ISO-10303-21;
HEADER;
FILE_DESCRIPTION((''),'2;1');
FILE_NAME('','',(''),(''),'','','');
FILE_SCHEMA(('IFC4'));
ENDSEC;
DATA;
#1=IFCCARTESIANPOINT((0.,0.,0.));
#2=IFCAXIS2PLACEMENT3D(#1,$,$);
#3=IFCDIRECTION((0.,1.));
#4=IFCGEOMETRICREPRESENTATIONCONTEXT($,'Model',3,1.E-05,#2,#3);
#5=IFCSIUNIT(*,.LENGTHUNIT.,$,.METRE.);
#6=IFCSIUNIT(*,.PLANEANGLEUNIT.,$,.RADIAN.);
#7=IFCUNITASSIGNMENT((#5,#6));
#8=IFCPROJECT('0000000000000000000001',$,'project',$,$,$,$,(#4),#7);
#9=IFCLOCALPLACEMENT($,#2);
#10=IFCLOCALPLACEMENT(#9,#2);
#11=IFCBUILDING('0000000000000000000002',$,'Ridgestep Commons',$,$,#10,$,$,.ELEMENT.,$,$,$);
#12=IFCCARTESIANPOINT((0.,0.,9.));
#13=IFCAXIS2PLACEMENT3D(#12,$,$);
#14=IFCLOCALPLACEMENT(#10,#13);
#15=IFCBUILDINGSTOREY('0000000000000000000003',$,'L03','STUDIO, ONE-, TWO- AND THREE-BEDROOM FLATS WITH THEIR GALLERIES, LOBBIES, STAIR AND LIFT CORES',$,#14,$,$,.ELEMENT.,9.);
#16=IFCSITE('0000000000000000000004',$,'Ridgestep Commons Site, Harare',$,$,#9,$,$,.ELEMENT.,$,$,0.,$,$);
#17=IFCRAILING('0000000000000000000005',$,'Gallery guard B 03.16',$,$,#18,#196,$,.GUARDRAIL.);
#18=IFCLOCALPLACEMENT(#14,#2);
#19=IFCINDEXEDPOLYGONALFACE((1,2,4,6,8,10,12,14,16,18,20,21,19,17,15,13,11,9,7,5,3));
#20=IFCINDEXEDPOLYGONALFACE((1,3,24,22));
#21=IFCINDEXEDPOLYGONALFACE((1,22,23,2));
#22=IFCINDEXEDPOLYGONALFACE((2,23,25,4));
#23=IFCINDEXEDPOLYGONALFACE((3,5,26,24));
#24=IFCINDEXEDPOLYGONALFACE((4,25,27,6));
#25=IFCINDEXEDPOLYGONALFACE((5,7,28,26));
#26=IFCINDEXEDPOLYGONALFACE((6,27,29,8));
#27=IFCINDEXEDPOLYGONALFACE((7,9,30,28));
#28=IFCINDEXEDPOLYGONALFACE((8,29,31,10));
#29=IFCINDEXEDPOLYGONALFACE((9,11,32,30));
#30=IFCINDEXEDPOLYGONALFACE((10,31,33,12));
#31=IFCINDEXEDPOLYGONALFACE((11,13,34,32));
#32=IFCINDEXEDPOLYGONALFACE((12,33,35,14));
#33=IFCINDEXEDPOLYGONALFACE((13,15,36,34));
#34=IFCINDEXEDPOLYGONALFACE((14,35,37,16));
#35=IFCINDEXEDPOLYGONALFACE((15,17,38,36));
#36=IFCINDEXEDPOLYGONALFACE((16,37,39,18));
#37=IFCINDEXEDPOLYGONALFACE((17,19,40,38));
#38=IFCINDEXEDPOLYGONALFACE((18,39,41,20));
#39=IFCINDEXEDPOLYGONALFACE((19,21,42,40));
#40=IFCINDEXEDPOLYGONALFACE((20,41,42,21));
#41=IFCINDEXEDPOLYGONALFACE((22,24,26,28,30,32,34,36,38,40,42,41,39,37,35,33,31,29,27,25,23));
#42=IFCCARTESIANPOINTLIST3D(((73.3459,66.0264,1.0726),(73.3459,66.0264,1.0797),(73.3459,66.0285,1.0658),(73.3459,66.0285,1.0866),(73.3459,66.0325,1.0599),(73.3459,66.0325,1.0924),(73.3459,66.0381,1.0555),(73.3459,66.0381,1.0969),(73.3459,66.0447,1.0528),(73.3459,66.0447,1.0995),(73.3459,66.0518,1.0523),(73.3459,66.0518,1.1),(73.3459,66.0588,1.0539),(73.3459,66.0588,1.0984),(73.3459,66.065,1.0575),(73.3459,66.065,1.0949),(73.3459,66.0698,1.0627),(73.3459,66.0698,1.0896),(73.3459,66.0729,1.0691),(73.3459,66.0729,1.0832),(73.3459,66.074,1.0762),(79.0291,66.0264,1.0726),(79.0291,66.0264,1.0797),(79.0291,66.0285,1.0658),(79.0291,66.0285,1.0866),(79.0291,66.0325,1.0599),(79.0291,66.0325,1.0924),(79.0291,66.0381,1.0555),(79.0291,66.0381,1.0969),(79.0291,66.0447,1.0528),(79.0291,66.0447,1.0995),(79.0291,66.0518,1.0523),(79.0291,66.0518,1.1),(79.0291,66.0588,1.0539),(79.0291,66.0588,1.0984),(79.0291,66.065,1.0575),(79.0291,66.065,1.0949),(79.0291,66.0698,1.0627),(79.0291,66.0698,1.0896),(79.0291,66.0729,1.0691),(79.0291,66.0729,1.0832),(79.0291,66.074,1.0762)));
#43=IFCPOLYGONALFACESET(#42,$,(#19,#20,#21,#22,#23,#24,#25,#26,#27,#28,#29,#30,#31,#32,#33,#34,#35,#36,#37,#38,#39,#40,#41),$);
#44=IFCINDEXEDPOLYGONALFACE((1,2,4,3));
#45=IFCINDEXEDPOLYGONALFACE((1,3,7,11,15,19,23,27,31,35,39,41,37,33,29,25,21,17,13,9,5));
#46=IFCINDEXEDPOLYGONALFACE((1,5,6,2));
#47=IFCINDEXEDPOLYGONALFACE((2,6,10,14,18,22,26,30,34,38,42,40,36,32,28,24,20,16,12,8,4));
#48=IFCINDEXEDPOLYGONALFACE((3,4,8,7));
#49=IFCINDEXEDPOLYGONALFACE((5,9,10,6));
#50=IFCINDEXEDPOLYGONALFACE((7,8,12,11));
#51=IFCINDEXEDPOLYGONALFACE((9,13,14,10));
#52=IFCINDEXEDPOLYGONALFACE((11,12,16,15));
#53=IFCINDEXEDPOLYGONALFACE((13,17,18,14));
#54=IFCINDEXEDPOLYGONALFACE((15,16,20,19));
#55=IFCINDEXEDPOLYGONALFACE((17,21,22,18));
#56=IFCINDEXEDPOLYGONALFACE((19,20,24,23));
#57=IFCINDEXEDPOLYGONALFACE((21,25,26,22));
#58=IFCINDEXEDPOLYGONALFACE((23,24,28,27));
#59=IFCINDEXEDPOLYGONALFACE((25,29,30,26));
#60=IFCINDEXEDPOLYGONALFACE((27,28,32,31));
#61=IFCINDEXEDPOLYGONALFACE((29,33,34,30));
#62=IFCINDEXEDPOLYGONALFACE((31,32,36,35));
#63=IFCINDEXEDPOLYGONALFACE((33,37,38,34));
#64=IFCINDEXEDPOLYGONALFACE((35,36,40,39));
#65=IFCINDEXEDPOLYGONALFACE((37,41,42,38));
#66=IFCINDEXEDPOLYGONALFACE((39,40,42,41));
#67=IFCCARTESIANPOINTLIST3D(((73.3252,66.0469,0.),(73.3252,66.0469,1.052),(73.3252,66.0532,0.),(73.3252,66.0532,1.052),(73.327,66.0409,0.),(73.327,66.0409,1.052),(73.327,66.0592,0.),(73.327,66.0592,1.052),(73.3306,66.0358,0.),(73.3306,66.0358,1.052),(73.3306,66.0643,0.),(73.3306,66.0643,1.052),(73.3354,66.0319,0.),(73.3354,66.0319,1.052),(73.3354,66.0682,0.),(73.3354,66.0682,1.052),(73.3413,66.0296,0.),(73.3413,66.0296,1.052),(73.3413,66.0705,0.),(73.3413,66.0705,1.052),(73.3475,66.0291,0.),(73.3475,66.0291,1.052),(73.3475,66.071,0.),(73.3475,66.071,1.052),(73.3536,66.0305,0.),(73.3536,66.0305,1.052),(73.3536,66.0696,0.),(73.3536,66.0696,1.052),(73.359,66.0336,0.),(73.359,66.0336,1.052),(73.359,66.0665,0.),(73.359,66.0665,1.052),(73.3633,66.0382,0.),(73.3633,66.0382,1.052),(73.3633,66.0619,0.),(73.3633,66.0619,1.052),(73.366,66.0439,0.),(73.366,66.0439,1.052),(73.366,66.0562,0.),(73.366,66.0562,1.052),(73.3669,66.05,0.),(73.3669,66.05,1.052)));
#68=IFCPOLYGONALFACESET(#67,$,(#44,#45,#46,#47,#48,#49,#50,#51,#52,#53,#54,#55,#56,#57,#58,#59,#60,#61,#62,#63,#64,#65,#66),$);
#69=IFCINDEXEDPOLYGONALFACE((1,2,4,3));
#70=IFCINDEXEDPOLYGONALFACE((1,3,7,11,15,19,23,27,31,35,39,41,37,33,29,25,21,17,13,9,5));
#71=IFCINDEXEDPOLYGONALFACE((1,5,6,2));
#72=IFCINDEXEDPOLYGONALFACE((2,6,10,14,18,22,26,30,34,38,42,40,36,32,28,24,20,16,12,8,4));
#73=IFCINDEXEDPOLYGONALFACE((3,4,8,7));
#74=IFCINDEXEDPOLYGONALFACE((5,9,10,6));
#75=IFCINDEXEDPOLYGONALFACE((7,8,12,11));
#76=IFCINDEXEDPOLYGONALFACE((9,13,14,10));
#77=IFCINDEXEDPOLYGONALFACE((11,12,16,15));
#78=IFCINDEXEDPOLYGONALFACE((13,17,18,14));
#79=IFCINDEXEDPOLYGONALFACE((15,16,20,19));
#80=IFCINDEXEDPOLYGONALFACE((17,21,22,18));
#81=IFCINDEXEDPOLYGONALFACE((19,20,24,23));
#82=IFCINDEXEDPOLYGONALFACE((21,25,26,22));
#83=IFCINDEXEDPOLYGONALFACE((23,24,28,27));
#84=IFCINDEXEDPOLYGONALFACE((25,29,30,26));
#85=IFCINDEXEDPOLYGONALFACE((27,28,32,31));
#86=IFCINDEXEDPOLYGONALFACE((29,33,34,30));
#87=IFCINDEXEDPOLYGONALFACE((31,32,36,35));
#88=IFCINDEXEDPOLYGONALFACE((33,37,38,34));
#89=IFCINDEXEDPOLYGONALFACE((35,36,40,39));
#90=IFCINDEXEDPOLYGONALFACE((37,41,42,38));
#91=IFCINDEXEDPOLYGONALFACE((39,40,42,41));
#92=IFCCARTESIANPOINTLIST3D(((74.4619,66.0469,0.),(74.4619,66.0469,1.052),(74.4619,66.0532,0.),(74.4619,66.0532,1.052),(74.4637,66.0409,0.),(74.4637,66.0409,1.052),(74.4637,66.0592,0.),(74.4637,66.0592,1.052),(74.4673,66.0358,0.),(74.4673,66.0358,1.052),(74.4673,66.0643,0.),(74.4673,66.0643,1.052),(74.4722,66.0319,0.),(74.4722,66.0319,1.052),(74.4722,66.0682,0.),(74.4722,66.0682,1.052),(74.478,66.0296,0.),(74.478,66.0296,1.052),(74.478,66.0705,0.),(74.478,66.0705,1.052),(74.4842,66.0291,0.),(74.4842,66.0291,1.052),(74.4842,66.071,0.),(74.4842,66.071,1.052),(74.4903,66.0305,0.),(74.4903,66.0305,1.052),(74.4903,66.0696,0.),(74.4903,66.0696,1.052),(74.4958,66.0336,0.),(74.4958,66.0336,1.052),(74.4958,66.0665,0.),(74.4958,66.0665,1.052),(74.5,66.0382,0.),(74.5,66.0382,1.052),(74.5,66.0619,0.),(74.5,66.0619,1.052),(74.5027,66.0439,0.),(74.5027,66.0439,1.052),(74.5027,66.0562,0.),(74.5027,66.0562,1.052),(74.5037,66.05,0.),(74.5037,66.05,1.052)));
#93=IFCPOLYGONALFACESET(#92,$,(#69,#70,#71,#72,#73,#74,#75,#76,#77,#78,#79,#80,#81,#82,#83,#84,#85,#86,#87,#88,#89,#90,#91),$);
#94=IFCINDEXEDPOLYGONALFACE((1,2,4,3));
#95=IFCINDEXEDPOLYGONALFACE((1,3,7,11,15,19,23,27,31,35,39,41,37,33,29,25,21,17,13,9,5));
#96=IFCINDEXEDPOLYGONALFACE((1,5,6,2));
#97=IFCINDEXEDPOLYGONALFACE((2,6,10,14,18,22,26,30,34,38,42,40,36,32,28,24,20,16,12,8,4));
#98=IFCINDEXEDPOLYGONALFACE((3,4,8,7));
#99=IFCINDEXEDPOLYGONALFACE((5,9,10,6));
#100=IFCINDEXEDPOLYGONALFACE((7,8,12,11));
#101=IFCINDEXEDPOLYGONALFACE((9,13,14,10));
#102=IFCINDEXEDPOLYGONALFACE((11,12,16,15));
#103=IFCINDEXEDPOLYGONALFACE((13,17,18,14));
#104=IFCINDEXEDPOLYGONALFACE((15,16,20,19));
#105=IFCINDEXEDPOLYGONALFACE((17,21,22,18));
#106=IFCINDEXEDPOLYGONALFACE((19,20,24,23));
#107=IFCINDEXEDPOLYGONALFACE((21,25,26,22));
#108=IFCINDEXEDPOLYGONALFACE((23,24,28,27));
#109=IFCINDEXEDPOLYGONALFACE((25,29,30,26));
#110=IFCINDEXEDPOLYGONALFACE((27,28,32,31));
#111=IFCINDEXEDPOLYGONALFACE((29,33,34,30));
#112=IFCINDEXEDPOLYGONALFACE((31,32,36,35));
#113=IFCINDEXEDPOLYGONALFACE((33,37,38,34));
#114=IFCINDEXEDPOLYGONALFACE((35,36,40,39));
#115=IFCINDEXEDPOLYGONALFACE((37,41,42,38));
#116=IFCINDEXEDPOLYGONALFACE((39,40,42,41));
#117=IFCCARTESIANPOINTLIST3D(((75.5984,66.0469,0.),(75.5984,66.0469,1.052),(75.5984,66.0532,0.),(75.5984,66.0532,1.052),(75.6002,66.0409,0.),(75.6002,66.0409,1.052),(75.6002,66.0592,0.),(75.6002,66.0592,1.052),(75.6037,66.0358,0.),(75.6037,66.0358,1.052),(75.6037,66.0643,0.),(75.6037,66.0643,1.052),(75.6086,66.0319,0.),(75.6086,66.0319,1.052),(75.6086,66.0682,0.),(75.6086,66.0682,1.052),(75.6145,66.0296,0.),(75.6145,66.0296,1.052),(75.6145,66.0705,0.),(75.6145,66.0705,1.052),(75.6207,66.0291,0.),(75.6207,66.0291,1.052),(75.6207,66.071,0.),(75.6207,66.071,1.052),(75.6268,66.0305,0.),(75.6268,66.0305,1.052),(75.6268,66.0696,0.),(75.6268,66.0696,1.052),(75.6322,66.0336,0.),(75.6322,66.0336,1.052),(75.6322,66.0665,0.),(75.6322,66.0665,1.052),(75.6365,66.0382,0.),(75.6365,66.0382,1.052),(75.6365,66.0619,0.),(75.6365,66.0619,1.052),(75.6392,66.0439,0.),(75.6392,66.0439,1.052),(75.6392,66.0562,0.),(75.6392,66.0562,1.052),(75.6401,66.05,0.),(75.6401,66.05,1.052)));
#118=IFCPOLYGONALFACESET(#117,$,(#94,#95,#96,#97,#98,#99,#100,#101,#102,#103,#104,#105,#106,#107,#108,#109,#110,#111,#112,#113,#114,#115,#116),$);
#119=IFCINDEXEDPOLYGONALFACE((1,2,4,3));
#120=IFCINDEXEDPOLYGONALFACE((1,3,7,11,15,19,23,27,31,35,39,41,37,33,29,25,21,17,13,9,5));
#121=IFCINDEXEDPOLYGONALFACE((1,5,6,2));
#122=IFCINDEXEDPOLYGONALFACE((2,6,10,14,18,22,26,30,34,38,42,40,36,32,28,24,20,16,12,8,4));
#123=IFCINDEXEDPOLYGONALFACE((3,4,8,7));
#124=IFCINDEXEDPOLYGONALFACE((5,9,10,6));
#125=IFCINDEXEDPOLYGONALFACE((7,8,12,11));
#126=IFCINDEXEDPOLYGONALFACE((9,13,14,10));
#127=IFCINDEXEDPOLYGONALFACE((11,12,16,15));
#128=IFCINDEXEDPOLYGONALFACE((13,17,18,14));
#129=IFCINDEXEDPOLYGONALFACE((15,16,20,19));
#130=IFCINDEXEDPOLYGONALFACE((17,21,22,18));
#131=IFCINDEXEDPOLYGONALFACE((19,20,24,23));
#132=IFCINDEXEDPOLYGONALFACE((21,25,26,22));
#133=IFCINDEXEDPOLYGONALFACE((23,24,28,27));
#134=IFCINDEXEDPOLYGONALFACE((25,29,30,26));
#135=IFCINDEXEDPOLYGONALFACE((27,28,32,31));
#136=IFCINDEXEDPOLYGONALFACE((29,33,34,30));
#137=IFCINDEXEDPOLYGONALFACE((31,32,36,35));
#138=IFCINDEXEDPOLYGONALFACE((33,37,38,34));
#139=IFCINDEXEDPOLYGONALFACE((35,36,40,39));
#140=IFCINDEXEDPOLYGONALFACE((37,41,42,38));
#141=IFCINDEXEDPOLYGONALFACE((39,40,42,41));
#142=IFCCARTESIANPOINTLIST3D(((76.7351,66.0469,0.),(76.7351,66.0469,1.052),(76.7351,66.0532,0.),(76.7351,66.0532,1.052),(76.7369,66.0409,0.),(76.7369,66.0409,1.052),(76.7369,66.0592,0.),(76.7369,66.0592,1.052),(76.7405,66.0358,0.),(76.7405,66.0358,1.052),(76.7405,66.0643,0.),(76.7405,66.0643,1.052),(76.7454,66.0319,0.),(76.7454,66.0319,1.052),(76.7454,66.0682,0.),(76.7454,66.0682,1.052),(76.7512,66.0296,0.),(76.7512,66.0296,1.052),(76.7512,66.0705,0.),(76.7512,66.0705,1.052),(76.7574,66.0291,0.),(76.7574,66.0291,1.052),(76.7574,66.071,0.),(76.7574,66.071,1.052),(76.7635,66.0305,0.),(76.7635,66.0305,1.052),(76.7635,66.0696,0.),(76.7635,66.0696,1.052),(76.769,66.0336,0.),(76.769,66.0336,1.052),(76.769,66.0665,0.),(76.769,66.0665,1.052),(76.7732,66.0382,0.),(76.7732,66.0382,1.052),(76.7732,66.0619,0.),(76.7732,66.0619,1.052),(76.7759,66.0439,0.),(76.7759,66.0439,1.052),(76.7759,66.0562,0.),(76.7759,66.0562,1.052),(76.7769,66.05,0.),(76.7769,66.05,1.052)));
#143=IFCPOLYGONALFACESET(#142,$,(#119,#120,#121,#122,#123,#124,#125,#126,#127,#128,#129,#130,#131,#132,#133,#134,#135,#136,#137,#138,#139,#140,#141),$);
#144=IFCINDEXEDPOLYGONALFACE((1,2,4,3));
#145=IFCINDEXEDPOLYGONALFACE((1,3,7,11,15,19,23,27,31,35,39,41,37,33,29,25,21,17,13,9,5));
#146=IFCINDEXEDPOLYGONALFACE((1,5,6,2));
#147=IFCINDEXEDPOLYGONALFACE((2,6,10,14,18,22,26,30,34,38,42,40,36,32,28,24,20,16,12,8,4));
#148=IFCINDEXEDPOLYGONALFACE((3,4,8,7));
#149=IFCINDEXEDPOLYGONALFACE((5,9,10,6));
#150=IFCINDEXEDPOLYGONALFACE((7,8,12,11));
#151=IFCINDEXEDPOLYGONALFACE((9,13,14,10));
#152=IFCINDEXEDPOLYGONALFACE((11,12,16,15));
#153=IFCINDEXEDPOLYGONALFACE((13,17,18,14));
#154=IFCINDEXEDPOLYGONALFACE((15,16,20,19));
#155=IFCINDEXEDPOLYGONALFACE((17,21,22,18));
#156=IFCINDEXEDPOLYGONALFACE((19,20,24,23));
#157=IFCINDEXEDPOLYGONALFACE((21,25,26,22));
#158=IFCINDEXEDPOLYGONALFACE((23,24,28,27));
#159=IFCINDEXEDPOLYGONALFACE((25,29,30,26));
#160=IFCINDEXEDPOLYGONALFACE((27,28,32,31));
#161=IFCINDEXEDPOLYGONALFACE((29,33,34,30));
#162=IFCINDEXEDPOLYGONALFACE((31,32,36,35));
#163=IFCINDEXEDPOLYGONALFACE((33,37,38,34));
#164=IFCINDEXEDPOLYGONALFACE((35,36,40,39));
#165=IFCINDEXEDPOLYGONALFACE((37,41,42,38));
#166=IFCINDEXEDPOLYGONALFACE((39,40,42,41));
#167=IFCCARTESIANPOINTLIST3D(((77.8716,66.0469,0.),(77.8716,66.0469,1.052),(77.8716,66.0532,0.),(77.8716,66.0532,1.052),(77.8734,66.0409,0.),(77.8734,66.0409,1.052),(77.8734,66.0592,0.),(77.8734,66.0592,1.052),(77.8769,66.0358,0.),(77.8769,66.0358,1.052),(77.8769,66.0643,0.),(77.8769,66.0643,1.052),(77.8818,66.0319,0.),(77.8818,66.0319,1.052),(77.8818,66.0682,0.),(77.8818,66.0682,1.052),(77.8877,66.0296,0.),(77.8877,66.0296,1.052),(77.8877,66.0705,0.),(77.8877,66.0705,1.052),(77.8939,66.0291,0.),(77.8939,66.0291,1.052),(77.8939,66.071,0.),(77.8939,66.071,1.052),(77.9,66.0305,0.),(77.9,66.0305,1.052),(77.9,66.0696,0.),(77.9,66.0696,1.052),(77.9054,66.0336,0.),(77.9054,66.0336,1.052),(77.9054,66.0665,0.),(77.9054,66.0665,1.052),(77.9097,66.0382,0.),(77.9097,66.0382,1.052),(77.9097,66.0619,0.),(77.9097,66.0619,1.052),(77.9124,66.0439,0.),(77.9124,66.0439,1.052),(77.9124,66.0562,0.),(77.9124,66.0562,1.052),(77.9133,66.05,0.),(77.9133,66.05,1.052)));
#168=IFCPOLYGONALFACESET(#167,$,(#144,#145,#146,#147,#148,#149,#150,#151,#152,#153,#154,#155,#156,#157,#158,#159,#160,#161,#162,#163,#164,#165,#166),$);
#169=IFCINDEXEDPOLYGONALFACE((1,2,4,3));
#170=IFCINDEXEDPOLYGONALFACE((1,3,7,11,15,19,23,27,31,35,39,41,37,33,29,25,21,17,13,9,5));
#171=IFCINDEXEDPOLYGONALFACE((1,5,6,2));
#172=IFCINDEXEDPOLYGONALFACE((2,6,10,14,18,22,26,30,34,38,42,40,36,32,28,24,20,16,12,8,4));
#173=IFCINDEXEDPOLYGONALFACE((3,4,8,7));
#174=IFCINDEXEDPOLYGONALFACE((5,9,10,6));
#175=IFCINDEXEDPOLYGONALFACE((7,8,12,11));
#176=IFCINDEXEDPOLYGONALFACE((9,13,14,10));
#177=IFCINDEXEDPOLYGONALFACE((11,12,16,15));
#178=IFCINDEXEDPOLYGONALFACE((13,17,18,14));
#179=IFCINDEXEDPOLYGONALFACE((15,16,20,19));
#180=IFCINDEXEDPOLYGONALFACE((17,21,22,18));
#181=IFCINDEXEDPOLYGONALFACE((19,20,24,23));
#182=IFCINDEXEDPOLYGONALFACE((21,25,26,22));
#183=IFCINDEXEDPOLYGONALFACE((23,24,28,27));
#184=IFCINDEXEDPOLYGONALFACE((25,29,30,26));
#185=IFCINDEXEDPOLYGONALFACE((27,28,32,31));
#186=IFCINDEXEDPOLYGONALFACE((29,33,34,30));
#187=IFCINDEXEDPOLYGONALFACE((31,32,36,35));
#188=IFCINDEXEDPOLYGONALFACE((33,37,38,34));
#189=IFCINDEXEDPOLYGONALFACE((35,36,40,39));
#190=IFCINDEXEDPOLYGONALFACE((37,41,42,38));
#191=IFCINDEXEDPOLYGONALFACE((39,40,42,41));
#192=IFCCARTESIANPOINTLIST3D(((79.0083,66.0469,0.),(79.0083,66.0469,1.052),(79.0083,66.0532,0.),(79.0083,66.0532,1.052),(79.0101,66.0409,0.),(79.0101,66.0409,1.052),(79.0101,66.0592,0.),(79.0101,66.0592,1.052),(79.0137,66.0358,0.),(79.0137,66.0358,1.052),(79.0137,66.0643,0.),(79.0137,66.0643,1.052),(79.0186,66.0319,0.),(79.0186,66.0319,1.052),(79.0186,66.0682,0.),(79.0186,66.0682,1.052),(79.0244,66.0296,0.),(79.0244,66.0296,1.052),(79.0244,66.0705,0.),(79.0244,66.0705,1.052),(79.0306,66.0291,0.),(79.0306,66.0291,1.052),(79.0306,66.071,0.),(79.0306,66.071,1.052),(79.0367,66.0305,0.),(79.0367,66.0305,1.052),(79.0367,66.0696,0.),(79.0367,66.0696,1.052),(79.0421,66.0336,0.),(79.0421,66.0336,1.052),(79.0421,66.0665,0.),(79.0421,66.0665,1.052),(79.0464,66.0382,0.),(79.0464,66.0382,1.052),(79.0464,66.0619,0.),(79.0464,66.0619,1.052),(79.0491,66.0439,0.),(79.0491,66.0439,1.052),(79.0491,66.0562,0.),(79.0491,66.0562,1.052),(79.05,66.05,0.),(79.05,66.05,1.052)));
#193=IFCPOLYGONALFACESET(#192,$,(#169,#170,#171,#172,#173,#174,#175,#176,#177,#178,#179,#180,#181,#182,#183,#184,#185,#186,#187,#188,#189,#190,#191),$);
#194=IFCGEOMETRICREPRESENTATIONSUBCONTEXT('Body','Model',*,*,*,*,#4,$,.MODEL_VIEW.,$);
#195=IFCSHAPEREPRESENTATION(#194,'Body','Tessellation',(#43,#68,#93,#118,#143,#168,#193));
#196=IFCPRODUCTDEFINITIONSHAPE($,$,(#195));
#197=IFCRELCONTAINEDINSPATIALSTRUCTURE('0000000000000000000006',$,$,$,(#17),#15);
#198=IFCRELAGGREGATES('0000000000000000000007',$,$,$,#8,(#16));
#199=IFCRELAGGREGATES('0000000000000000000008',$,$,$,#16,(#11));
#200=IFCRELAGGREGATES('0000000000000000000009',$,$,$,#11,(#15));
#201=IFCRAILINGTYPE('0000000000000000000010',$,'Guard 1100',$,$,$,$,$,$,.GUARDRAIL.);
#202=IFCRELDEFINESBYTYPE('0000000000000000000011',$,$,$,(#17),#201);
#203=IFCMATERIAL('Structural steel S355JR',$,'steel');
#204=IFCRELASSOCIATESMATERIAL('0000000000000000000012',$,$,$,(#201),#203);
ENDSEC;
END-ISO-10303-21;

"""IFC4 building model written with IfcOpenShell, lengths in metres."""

from ifc_helpers import new_model, si_unit, direction, frame, origin, origin_2d, place, context, subcontext, project, spatial, circle, extrude, material, type_object, element, save


model = new_model("IFC4")

# Units and contexts
model_context = context("Model", 3, precision=1e-05, world=origin(), true_north=direction((0.0, 1.0)))
body_context = subcontext(model_context, "Body", "Model", "MODEL_VIEW")
ifc_project = project(units=[si_unit("LENGTHUNIT", "METRE"), si_unit("PLANEANGLEUNIT", "RADIAN")], contexts=[model_context])

# Site, building, storey
site_placement = place(None, origin())
site = spatial("IfcSite", under=ifc_project, at=site_placement, Name="Ridgestep Commons Site, Harare", CompositionType="ELEMENT", RefElevation=0.0)
building_placement = place(site_placement, origin())
building = spatial("IfcBuilding", under=site, at=building_placement, Name="Ridgestep Commons", CompositionType="ELEMENT")
storey_placement = place(building_placement, frame((0.0, 0.0, 9.0)))
storey = spatial("IfcBuildingStorey", under=building, at=storey_placement, Name="L03", Description="STUDIO, ONE-, TWO- AND THREE-BEDROOM FLATS WITH THEIR GALLERIES, LOBBIES, STAIR AND LIFT CORES", CompositionType="ELEMENT", Elevation=9.0)

# Railing
ifc_material_1 = material(Name="Structural steel S355JR", Category="steel")
railing_type_1 = type_object("IfcRailingType", Name="Guard 1100", PredefinedType="GUARDRAIL", material=ifc_material_1)
railing_1_placement = place(storey_placement, frame((73.3459, 66.05, 0.0)))
element("IfcRailing", 1, at=railing_1_placement, inside=storey, type_object=railing_type_1, Name="Gallery guard B 03.16", PredefinedType="GUARDRAIL", context=body_context, shape_type="SweptSolid", body=[
    extrude(circle(Radius=0.0239, at=origin_2d()), frame((0.0, 0.0, 1.0762), z_axis=(1.0, 0.0, 0.0), x_axis=(0.0, 1.0, 0.0)), (0.0, 0.0, 1.0), 5.6831),
    extrude(circle(Radius=0.021, at=origin_2d()), origin(), (0.0, 0.0, 1.0), 1.052),
    extrude(circle(Radius=0.021, at=origin_2d()), frame((1.1367, 0.0, 0.0)), (0.0, 0.0, 1.0), 1.052),
    extrude(circle(Radius=0.021, at=origin_2d()), frame((2.2732, 0.0, 0.0)), (0.0, 0.0, 1.0), 1.052),
    extrude(circle(Radius=0.021, at=origin_2d()), frame((3.4099, 0.0, 0.0)), (0.0, 0.0, 1.0), 1.052),
    extrude(circle(Radius=0.021, at=origin_2d()), frame((4.5464, 0.0, 0.0)), (0.0, 0.0, 1.0), 1.052),
    extrude(circle(Radius=0.021, at=origin_2d()), frame((5.6831, 0.0, 0.0)), (0.0, 0.0, 1.0), 1.052),
])

save(model, "model.ifc")
